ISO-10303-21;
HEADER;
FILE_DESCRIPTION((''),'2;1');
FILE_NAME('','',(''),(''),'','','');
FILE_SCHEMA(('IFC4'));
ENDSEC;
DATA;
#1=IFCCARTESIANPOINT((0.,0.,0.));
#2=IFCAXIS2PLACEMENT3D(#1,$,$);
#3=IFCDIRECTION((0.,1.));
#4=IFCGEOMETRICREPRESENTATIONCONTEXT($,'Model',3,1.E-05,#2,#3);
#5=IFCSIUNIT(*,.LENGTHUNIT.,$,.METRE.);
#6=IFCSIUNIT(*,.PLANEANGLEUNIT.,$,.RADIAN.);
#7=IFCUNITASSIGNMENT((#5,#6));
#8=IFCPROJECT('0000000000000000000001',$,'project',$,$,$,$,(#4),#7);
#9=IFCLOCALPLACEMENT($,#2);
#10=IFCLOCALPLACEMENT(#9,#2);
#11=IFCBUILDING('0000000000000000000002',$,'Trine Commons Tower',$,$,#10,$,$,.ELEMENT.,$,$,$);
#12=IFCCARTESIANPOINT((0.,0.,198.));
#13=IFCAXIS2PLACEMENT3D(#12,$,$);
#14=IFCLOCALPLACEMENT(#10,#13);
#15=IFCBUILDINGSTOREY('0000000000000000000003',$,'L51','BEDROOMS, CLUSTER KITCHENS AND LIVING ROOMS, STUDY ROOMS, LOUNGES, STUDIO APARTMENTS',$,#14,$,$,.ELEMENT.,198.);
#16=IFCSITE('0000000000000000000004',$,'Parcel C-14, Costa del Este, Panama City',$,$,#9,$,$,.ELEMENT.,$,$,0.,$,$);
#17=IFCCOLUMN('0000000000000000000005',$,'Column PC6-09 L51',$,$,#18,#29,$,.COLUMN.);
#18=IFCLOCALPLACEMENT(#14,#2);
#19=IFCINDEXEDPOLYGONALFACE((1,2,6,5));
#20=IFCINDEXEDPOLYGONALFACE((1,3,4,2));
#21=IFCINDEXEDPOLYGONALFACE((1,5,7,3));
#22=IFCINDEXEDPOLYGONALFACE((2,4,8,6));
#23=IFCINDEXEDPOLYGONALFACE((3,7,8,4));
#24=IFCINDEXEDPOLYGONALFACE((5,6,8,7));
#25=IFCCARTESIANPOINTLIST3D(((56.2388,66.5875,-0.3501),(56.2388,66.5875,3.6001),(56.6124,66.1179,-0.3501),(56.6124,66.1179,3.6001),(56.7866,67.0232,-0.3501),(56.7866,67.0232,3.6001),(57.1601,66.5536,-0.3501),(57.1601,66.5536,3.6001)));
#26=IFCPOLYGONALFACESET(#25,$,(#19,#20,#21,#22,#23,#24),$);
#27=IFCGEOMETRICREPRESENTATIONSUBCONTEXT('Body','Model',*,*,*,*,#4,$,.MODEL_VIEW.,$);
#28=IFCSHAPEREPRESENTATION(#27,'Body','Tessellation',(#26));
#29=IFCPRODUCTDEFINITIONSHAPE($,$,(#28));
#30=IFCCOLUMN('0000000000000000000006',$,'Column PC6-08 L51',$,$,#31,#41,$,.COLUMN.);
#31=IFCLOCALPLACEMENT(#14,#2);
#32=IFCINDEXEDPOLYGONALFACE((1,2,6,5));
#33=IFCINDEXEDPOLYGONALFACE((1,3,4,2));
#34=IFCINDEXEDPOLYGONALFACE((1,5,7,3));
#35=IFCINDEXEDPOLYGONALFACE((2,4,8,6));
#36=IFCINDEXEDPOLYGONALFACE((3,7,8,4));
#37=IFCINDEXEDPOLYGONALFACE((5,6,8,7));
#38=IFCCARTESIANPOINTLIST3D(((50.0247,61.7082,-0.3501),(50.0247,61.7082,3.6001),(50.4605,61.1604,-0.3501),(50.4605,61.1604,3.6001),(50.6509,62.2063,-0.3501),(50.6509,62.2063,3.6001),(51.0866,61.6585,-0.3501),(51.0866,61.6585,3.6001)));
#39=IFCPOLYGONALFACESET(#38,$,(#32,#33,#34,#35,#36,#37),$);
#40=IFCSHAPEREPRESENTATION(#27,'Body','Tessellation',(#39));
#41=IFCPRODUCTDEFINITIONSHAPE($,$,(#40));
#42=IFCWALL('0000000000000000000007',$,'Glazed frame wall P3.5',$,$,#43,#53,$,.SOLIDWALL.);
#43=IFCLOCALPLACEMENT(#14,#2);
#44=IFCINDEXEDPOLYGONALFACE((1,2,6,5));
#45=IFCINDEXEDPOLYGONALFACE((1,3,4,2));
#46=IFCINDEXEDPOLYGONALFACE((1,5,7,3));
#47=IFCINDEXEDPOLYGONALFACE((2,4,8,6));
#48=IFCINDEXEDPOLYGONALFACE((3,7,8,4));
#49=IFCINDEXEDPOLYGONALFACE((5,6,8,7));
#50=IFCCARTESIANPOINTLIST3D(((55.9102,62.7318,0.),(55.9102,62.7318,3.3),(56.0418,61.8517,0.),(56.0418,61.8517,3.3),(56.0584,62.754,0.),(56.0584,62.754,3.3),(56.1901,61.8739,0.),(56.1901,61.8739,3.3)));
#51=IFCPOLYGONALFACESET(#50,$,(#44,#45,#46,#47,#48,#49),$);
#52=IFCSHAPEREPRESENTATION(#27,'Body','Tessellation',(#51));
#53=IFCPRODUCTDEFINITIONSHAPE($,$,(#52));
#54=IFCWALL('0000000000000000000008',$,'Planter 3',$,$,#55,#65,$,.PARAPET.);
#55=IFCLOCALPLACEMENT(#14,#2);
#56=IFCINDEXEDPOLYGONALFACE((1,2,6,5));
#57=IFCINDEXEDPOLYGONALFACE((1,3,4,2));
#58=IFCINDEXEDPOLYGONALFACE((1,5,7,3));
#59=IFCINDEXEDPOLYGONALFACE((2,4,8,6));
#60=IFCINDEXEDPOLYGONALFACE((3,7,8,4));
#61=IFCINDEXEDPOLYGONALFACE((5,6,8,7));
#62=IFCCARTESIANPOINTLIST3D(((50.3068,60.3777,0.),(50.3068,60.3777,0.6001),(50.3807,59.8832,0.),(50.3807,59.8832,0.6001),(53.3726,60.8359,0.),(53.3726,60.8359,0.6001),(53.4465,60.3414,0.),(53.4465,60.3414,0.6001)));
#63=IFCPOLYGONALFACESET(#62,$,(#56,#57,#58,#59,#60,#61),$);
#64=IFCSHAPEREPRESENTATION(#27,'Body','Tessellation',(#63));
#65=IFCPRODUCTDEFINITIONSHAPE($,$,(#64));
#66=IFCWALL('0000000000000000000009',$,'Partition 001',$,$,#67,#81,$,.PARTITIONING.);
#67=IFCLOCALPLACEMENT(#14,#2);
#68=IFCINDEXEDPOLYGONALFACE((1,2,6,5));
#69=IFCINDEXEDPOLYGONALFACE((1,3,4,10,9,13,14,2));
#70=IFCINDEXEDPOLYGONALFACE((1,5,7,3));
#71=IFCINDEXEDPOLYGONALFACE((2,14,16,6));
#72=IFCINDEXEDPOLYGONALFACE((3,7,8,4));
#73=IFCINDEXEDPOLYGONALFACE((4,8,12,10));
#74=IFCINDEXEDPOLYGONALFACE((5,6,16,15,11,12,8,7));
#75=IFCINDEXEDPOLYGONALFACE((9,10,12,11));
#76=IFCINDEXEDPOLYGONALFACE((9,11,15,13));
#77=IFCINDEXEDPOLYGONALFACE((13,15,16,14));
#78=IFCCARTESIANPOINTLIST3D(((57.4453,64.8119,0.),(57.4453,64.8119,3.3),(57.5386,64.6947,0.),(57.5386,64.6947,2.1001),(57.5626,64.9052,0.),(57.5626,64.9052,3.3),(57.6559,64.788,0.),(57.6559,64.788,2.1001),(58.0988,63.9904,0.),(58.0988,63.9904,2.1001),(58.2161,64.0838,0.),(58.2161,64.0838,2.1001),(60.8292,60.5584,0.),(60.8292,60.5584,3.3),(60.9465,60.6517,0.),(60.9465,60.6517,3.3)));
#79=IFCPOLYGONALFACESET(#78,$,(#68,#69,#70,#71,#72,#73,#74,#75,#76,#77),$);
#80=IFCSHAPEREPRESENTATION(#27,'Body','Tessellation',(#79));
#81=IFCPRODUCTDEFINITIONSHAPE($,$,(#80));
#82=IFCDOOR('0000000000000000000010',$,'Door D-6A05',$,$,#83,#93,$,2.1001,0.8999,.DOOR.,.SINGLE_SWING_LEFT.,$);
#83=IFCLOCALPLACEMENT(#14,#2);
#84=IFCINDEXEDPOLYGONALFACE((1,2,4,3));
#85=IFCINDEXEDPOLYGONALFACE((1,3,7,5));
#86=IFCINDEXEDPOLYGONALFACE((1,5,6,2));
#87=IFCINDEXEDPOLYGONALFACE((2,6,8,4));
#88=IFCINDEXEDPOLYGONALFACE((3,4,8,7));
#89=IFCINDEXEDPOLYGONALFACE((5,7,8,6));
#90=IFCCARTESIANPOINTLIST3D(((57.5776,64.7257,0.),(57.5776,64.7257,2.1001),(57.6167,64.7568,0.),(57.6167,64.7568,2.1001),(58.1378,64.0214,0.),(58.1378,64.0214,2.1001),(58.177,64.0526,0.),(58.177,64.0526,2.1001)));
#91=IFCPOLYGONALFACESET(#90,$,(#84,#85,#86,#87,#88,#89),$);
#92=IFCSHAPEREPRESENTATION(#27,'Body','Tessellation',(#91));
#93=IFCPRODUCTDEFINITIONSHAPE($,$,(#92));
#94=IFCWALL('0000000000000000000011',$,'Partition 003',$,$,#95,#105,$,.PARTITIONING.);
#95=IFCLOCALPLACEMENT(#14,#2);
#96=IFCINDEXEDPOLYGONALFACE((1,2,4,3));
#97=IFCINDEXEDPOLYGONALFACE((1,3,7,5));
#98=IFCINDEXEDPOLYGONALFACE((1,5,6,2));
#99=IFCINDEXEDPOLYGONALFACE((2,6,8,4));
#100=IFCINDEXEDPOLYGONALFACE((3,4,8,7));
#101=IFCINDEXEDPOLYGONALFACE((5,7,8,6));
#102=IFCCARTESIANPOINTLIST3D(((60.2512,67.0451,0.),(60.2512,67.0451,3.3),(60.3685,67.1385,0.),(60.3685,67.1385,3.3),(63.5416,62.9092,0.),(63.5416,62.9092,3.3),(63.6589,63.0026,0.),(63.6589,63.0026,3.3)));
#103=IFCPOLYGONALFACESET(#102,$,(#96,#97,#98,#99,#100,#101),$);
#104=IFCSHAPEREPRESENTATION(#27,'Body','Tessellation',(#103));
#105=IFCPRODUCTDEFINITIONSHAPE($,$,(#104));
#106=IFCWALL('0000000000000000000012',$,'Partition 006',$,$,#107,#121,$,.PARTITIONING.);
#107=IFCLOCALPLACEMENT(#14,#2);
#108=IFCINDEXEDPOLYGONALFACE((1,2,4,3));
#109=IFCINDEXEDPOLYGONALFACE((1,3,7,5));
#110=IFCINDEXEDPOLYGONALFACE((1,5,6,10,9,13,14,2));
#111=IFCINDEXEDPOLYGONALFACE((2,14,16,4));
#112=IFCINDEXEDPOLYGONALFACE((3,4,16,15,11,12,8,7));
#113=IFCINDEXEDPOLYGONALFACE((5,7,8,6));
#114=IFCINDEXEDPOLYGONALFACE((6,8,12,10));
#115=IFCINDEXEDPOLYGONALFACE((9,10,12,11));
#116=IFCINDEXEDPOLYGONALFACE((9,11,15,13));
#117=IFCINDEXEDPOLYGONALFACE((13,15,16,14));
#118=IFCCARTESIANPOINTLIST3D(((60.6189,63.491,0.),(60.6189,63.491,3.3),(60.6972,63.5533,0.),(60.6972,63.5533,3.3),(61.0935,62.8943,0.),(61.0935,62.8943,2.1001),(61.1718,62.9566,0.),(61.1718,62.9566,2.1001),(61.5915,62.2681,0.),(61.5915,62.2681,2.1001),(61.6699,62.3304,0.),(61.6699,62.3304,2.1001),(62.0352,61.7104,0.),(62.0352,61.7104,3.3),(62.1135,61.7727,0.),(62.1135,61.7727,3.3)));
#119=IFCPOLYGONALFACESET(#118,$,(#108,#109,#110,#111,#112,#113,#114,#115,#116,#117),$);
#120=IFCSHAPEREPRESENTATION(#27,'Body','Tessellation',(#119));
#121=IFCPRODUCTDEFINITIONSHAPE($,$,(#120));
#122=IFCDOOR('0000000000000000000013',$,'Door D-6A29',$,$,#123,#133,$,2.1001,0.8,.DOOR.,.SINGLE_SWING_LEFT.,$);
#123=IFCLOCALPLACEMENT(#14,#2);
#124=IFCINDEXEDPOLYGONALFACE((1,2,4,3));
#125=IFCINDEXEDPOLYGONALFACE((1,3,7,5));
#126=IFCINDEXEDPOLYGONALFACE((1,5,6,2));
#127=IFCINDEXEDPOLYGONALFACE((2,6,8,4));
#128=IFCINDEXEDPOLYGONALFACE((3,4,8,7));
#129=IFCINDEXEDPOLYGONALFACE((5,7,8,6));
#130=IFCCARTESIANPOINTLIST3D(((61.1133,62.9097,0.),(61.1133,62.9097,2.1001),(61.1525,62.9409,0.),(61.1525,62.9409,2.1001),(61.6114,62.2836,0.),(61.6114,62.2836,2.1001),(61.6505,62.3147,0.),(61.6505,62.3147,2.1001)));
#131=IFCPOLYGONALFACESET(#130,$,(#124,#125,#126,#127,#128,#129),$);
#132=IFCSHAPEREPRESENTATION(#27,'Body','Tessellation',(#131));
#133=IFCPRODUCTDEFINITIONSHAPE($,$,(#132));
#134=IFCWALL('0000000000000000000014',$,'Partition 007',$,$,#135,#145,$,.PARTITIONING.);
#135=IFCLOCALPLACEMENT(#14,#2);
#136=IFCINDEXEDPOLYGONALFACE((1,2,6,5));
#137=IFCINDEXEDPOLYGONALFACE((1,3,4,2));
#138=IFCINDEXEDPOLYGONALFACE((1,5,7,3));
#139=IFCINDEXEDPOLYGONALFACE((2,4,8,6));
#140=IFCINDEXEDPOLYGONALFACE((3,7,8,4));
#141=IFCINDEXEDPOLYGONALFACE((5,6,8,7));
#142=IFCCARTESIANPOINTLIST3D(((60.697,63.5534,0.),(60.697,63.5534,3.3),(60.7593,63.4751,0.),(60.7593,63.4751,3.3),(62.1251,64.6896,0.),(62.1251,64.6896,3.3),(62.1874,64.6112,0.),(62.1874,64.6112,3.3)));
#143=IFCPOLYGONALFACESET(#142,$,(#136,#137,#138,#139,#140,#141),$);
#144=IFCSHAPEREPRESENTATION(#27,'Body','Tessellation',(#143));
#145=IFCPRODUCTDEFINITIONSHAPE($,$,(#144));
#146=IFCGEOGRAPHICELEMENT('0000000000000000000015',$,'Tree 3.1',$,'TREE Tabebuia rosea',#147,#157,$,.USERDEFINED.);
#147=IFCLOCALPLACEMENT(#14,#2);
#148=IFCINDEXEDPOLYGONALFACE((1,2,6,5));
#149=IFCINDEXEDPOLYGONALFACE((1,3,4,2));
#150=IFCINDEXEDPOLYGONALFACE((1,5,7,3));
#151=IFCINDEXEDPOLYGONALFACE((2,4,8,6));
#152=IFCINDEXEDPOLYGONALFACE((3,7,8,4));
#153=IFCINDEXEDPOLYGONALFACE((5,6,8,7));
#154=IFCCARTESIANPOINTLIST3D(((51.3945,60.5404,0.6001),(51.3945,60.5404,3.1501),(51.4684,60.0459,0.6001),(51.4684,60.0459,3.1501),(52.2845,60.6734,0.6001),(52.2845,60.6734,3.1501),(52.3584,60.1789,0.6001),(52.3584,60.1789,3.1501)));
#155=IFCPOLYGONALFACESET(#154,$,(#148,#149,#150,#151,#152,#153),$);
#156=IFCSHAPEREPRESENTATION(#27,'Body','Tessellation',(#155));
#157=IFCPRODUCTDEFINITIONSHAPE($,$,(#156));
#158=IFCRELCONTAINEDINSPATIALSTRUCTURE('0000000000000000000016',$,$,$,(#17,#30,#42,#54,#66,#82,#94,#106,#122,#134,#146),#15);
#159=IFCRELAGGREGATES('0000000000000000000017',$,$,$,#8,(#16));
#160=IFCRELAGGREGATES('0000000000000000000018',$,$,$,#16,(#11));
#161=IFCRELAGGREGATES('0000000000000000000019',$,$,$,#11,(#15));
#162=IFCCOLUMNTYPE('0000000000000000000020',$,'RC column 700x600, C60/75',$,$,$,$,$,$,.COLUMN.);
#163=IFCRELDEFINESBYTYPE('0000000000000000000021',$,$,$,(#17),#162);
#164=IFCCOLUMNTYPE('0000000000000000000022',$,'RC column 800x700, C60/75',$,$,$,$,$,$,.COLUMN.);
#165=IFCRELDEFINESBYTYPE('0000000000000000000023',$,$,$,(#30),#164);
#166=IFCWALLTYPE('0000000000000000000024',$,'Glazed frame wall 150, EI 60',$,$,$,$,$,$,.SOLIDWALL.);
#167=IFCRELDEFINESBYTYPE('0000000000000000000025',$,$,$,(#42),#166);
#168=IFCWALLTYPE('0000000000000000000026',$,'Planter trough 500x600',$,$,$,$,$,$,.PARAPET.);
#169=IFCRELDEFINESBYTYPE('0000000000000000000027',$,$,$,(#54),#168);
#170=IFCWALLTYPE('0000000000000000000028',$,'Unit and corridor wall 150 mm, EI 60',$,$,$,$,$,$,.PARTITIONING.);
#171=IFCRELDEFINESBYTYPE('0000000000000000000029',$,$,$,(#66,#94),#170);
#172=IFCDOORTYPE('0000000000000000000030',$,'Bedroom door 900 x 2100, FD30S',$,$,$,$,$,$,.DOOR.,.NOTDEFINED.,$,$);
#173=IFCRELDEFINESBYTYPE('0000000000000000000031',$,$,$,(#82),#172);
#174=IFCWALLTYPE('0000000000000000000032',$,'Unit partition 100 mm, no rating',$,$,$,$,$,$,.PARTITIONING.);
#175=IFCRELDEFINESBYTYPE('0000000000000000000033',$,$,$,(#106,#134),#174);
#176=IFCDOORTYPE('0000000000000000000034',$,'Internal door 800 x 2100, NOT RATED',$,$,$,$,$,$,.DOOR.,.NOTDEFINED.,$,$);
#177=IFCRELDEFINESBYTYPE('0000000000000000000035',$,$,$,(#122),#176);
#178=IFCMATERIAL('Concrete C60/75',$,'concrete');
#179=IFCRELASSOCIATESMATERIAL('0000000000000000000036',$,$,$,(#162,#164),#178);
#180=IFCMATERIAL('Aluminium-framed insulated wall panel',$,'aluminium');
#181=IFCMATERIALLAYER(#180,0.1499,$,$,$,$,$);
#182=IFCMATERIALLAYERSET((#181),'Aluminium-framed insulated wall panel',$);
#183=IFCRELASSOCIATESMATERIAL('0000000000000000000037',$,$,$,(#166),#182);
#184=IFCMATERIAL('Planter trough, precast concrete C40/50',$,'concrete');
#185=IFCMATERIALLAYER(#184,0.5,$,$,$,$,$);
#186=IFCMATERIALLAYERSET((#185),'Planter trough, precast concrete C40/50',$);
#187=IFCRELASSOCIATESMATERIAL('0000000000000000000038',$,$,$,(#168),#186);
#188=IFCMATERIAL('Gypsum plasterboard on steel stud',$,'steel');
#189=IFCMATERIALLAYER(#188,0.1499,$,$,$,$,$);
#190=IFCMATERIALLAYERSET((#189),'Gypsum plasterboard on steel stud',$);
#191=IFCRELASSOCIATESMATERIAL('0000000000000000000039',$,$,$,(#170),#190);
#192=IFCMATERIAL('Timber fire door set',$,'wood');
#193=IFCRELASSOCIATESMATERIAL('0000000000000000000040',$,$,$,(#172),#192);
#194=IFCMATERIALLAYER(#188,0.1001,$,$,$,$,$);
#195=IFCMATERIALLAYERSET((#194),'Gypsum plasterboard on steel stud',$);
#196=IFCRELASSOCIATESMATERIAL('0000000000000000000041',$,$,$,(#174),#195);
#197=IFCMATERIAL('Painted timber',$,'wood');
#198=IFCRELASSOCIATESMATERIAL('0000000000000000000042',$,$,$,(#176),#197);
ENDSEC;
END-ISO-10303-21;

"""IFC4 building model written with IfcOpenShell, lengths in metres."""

from ifc_helpers import new_model, si_unit, direction, frame, frame_2d, origin, origin_2d, place, context, subcontext, project, spatial, polyline, rectangle, outline, extrude, material, layer, layer_set, material_profile, profile_set, type_object, element, fill, save


model = new_model("IFC4")

# Units and contexts
model_context = context("Model", 3, precision=1e-05, world=origin(), true_north=direction((0.0, 1.0)))
body_context = subcontext(model_context, "Body", "Model", "MODEL_VIEW")
ifc_project = project(units=[si_unit("LENGTHUNIT", "METRE"), si_unit("PLANEANGLEUNIT", "RADIAN")], contexts=[model_context])

# Site, building, storey
site_placement = place(None, origin())
site = spatial("IfcSite", under=ifc_project, at=site_placement, Name="Parcel C-14, Costa del Este, Panama City", CompositionType="ELEMENT", RefElevation=0.0)
building_placement = place(site_placement, origin())
building = spatial("IfcBuilding", under=site, at=building_placement, Name="Trine Commons Tower", CompositionType="ELEMENT")
storey_placement = place(building_placement, frame((0.0, 0.0, 198.0)))
storey = spatial("IfcBuildingStorey", under=building, at=storey_placement, Name="L51", Description="BEDROOMS, CLUSTER KITCHENS AND LIVING ROOMS, STUDY ROOMS, LOUNGES, STUDIO APARTMENTS", CompositionType="ELEMENT", Elevation=198.0)

# Columns
ifc_material_1 = material(Name="Concrete C60/75", Category="concrete")
ifc_material_profile_1 = material_profile(ifc_material_1, rectangle(XDim=0.7, YDim=0.6001, at=origin_2d()), Name="RC 700x600")
ifc_profile_set_1 = profile_set([ifc_material_profile_1], Name="Concrete C60/75")
column_type_1 = type_object("IfcColumnType", Name="RC column 700x600, C60/75", PredefinedType="COLUMN", material=ifc_profile_set_1)
column_1_placement = place(storey_placement, frame((56.6995, 66.5706, -0.3501), z_axis=(0.0, 0.0, 1.0), x_axis=(0.782608, 0.622515, 0.0)))
element("IfcColumn", 1, at=column_1_placement, inside=storey, type_object=column_type_1, Name="Column PC6-09 L51", PredefinedType="COLUMN", context=body_context, shape_type="SweptSolid", body=[
    extrude(rectangle(XDim=0.7, YDim=0.6001, at=origin_2d()), origin(), (0.0, 0.0, 1.0), 3.9502),
])
ifc_material_profile_2 = material_profile(ifc_material_1, rectangle(XDim=0.8, YDim=0.7, at=origin_2d()), Name="RC 800x700")
ifc_profile_set_2 = profile_set([ifc_material_profile_2], Name="Concrete C60/75")
column_type_2 = type_object("IfcColumnType", Name="RC column 800x700, C60/75", PredefinedType="COLUMN", material=ifc_profile_set_2)
column_2_placement = place(storey_placement, frame((50.5557, 61.6833, -0.3501), z_axis=(0.0, 0.0, 1.0), x_axis=(0.782608, 0.622515, 0.0)))
element("IfcColumn", 2, at=column_2_placement, inside=storey, type_object=column_type_2, Name="Column PC6-08 L51", PredefinedType="COLUMN", context=body_context, shape_type="SweptSolid", body=[
    extrude(rectangle(XDim=0.8, YDim=0.7, at=origin_2d()), origin(), (0.0, 0.0, 1.0), 3.9502),
])

# Shared definitions
ifc_material_2 = material(Name="Aluminium-framed insulated wall panel", Category="aluminium")
ifc_layer_1 = layer(ifc_material_2, 0.1499)
ifc_layer_set_1 = layer_set([ifc_layer_1], Name="Aluminium-framed insulated wall panel")
wall_type_1 = type_object("IfcWallType", Name="Glazed frame wall 150, EI 60", PredefinedType="SOLIDWALL", material=ifc_layer_set_1)

# Walls
wall_1_placement = place(storey_placement, frame((56.116, 61.8628, 0.0), z_axis=(0.0, 0.0, 1.0), x_axis=(-0.147946, 0.988995, 0.0)))
element("IfcWall", 3, at=wall_1_placement, inside=storey, type_object=wall_type_1, Name="Glazed frame wall P3.5", PredefinedType="SOLIDWALL", context=body_context, shape_type="SweptSolid", body=[
    extrude(outline(polyline([(0.8899, 0.075), (0.0, 0.075), (0.0, -0.075), (0.8899, -0.075), (0.8899, 0.075)])), origin(), (0.0, 0.0, 1.0), 3.3),
])
ifc_material_3 = material(Name="Planter trough, precast concrete C40/50", Category="concrete")
ifc_layer_2 = layer(ifc_material_3, 0.5)
ifc_layer_set_2 = layer_set([ifc_layer_2], Name="Planter trough, precast concrete C40/50")
wall_type_2 = type_object("IfcWallType", Name="Planter trough 500x600", PredefinedType="PARAPET", material=ifc_layer_set_2)
wall_2_placement = place(storey_placement, frame((53.4094, 60.5886, 0.0), z_axis=(0.0, 0.0, 1.0), x_axis=(-0.989014, -0.147824, 0.0)))
element("IfcWall", 4, at=wall_2_placement, inside=storey, type_object=wall_type_2, Name="Planter 3", PredefinedType="PARAPET", context=body_context, shape_type="SweptSolid", body=[
    extrude(rectangle(XDim=3.0999, YDim=0.5, at=frame_2d((1.5498, 0.0))), origin(), (0.0, 0.0, 1.0), 0.6001),
])

# Wall, opening, door
ifc_material_4 = material(Name="Gypsum plasterboard on steel stud", Category="steel")
ifc_layer_3 = layer(ifc_material_4, 0.1499)
ifc_layer_set_3 = layer_set([ifc_layer_3], Name="Gypsum plasterboard on steel stud")
wall_type_3 = type_object("IfcWallType", Name="Unit and corridor wall 150 mm, EI 60", PredefinedType="PARTITIONING", material=ifc_layer_set_3)
wall_3_placement = place(storey_placement, frame((57.5039, 64.8586, 0.0), z_axis=(0.0, 0.0, 1.0), x_axis=(0.622567, -0.782566, 0.0)))
wall_3 = element("IfcWall", 5, at=wall_3_placement, inside=storey, type_object=wall_type_3, Name="Partition 001", PredefinedType="PARTITIONING", context=body_context, shape_type="SweptSolid", body=[
    extrude(rectangle(XDim=5.4353, YDim=0.1499, at=frame_2d((2.7178, 0.0))), origin(), (0.0, 0.0, 1.0), 3.3),
])
opening_1_placement = place(wall_3_placement, frame((0.1499, 0.0, 0.0)))
opening_1 = element("IfcOpeningElement", 6, at=opening_1_placement, cuts=wall_3, PredefinedType="OPENING", context=body_context, shape_type="SweptSolid", body=[
    extrude(rectangle(XDim=0.8999, YDim=2.1001, at=frame_2d((0.45, 1.05))), frame((0.0, 0.085, 0.0), z_axis=(0.0, -1.0, 0.0), x_axis=(1.0, 0.0, 0.0)), (0.0, 0.0, 1.0), 0.1699),
])
ifc_material_5 = material(Name="Timber fire door set", Category="wood")
door_type_1 = type_object("IfcDoorType", Name="Bedroom door 900 x 2100, FD30S", OperationType="NOTDEFINED", PredefinedType="DOOR", material=ifc_material_5)
door_1_placement = place(opening_1_placement, origin())
door_1 = element("IfcDoor", 7, at=door_1_placement, inside=storey, type_object=door_type_1, Name="Door D-6A05", OperationType="SINGLE_SWING_LEFT", OverallHeight=2.1001, OverallWidth=0.8999, PredefinedType="DOOR", context=body_context, shape_type="SweptSolid", body=[
    extrude(rectangle(XDim=0.8999, YDim=2.1001, at=frame_2d((0.45, 1.05))), frame((0.0, 0.0249, 0.0), z_axis=(0.0, -1.0, 0.0), x_axis=(1.0, 0.0, 0.0)), (0.0, 0.0, 1.0), 0.05),
])
fill(opening_1, door_1)

# Wall
wall_4_placement = place(storey_placement, frame((60.3098, 67.0918, 0.0), z_axis=(0.0, 0.0, 1.0), x_axis=(0.622586, -0.782551, 0.0)))
element("IfcWall", 8, at=wall_4_placement, inside=storey, type_object=wall_type_3, Name="Partition 003", PredefinedType="PARTITIONING", context=body_context, shape_type="SweptSolid", body=[
    extrude(rectangle(XDim=5.2852, YDim=0.1499, at=frame_2d((2.6426, 0.0))), origin(), (0.0, 0.0, 1.0), 3.3),
])

# Wall, opening, door
ifc_layer_4 = layer(ifc_material_4, 0.1001)
ifc_layer_set_4 = layer_set([ifc_layer_4], Name="Gypsum plasterboard on steel stud")
wall_type_4 = type_object("IfcWallType", Name="Unit partition 100 mm, no rating", PredefinedType="PARTITIONING", material=ifc_layer_set_4)
wall_5_placement = place(storey_placement, frame((60.658, 63.5222, 0.0), z_axis=(0.0, 0.0, 1.0), x_axis=(0.622507, -0.782614, 0.0)))
wall_5 = element("IfcWall", 9, at=wall_5_placement, inside=storey, type_object=wall_type_4, Name="Partition 006", PredefinedType="PARTITIONING", context=body_context, shape_type="SweptSolid", body=[
    extrude(rectangle(XDim=2.2751, YDim=0.1001, at=frame_2d((1.1377, 0.0))), origin(), (0.0, 0.0, 1.0), 3.3),
])
opening_2_placement = place(wall_5_placement, frame((0.7627, 0.0, 0.0)))
opening_2 = element("IfcOpeningElement", 10, at=opening_2_placement, cuts=wall_5, PredefinedType="OPENING", context=body_context, shape_type="SweptSolid", body=[
    extrude(rectangle(XDim=0.8, YDim=2.1001, at=frame_2d((0.3999, 1.05))), frame((0.0, 0.0601, 0.0), z_axis=(0.0, -1.0, 0.0), x_axis=(1.0, 0.0, 0.0)), (0.0, 0.0, 1.0), 0.1201),
])
ifc_material_6 = material(Name="Painted timber", Category="wood")
door_type_2 = type_object("IfcDoorType", Name="Internal door 800 x 2100, NOT RATED", OperationType="NOTDEFINED", PredefinedType="DOOR", material=ifc_material_6)
door_2_placement = place(opening_2_placement, frame((0.8, 0.0, 0.0), z_axis=(0.0, 0.0, 1.0), x_axis=(-1.0, 0.0, 0.0)))
door_2 = element("IfcDoor", 11, at=door_2_placement, inside=storey, type_object=door_type_2, Name="Door D-6A29", OperationType="SINGLE_SWING_LEFT", OverallHeight=2.1001, OverallWidth=0.8, PredefinedType="DOOR", context=body_context, shape_type="SweptSolid", body=[
    extrude(rectangle(XDim=0.8, YDim=2.1001, at=frame_2d((0.3999, 1.05))), frame((0.0, 0.0249, 0.0), z_axis=(0.0, -1.0, 0.0), x_axis=(1.0, 0.0, 0.0)), (0.0, 0.0, 1.0), 0.05),
])
fill(opening_2, door_2)

# Wall
wall_6_placement = place(storey_placement, frame((60.728, 63.5142, 0.0), z_axis=(0.0, 0.0, 1.0), x_axis=(0.782563, 0.622572, 0.0)))
element("IfcWall", 12, at=wall_6_placement, inside=storey, type_object=wall_type_4, Name="Partition 007", PredefinedType="PARTITIONING", context=body_context, shape_type="SweptSolid", body=[
    extrude(rectangle(XDim=1.825, YDim=0.1001, at=frame_2d((0.9126, 0.0))), origin(), (0.0, 0.0, 1.0), 3.3),
])

# Geographic element
geographic_element_placement = place(storey_placement, frame((51.8765, 60.3596, 0.6001), z_axis=(0.0, 0.0, 1.0), x_axis=(-0.989015, -0.147816, 0.0)))
element("IfcGeographicElement", 13, at=geographic_element_placement, inside=storey, Name="Tree 3.1", ObjectType="TREE Tabebuia rosea", PredefinedType="USERDEFINED", context=body_context, shape_type="SweptSolid", body=[
    extrude(rectangle(XDim=0.8999, YDim=0.5, at=origin_2d()), origin(), (0.0, 0.0, 1.0), 2.55),
])

save(model, "model.ifc")
